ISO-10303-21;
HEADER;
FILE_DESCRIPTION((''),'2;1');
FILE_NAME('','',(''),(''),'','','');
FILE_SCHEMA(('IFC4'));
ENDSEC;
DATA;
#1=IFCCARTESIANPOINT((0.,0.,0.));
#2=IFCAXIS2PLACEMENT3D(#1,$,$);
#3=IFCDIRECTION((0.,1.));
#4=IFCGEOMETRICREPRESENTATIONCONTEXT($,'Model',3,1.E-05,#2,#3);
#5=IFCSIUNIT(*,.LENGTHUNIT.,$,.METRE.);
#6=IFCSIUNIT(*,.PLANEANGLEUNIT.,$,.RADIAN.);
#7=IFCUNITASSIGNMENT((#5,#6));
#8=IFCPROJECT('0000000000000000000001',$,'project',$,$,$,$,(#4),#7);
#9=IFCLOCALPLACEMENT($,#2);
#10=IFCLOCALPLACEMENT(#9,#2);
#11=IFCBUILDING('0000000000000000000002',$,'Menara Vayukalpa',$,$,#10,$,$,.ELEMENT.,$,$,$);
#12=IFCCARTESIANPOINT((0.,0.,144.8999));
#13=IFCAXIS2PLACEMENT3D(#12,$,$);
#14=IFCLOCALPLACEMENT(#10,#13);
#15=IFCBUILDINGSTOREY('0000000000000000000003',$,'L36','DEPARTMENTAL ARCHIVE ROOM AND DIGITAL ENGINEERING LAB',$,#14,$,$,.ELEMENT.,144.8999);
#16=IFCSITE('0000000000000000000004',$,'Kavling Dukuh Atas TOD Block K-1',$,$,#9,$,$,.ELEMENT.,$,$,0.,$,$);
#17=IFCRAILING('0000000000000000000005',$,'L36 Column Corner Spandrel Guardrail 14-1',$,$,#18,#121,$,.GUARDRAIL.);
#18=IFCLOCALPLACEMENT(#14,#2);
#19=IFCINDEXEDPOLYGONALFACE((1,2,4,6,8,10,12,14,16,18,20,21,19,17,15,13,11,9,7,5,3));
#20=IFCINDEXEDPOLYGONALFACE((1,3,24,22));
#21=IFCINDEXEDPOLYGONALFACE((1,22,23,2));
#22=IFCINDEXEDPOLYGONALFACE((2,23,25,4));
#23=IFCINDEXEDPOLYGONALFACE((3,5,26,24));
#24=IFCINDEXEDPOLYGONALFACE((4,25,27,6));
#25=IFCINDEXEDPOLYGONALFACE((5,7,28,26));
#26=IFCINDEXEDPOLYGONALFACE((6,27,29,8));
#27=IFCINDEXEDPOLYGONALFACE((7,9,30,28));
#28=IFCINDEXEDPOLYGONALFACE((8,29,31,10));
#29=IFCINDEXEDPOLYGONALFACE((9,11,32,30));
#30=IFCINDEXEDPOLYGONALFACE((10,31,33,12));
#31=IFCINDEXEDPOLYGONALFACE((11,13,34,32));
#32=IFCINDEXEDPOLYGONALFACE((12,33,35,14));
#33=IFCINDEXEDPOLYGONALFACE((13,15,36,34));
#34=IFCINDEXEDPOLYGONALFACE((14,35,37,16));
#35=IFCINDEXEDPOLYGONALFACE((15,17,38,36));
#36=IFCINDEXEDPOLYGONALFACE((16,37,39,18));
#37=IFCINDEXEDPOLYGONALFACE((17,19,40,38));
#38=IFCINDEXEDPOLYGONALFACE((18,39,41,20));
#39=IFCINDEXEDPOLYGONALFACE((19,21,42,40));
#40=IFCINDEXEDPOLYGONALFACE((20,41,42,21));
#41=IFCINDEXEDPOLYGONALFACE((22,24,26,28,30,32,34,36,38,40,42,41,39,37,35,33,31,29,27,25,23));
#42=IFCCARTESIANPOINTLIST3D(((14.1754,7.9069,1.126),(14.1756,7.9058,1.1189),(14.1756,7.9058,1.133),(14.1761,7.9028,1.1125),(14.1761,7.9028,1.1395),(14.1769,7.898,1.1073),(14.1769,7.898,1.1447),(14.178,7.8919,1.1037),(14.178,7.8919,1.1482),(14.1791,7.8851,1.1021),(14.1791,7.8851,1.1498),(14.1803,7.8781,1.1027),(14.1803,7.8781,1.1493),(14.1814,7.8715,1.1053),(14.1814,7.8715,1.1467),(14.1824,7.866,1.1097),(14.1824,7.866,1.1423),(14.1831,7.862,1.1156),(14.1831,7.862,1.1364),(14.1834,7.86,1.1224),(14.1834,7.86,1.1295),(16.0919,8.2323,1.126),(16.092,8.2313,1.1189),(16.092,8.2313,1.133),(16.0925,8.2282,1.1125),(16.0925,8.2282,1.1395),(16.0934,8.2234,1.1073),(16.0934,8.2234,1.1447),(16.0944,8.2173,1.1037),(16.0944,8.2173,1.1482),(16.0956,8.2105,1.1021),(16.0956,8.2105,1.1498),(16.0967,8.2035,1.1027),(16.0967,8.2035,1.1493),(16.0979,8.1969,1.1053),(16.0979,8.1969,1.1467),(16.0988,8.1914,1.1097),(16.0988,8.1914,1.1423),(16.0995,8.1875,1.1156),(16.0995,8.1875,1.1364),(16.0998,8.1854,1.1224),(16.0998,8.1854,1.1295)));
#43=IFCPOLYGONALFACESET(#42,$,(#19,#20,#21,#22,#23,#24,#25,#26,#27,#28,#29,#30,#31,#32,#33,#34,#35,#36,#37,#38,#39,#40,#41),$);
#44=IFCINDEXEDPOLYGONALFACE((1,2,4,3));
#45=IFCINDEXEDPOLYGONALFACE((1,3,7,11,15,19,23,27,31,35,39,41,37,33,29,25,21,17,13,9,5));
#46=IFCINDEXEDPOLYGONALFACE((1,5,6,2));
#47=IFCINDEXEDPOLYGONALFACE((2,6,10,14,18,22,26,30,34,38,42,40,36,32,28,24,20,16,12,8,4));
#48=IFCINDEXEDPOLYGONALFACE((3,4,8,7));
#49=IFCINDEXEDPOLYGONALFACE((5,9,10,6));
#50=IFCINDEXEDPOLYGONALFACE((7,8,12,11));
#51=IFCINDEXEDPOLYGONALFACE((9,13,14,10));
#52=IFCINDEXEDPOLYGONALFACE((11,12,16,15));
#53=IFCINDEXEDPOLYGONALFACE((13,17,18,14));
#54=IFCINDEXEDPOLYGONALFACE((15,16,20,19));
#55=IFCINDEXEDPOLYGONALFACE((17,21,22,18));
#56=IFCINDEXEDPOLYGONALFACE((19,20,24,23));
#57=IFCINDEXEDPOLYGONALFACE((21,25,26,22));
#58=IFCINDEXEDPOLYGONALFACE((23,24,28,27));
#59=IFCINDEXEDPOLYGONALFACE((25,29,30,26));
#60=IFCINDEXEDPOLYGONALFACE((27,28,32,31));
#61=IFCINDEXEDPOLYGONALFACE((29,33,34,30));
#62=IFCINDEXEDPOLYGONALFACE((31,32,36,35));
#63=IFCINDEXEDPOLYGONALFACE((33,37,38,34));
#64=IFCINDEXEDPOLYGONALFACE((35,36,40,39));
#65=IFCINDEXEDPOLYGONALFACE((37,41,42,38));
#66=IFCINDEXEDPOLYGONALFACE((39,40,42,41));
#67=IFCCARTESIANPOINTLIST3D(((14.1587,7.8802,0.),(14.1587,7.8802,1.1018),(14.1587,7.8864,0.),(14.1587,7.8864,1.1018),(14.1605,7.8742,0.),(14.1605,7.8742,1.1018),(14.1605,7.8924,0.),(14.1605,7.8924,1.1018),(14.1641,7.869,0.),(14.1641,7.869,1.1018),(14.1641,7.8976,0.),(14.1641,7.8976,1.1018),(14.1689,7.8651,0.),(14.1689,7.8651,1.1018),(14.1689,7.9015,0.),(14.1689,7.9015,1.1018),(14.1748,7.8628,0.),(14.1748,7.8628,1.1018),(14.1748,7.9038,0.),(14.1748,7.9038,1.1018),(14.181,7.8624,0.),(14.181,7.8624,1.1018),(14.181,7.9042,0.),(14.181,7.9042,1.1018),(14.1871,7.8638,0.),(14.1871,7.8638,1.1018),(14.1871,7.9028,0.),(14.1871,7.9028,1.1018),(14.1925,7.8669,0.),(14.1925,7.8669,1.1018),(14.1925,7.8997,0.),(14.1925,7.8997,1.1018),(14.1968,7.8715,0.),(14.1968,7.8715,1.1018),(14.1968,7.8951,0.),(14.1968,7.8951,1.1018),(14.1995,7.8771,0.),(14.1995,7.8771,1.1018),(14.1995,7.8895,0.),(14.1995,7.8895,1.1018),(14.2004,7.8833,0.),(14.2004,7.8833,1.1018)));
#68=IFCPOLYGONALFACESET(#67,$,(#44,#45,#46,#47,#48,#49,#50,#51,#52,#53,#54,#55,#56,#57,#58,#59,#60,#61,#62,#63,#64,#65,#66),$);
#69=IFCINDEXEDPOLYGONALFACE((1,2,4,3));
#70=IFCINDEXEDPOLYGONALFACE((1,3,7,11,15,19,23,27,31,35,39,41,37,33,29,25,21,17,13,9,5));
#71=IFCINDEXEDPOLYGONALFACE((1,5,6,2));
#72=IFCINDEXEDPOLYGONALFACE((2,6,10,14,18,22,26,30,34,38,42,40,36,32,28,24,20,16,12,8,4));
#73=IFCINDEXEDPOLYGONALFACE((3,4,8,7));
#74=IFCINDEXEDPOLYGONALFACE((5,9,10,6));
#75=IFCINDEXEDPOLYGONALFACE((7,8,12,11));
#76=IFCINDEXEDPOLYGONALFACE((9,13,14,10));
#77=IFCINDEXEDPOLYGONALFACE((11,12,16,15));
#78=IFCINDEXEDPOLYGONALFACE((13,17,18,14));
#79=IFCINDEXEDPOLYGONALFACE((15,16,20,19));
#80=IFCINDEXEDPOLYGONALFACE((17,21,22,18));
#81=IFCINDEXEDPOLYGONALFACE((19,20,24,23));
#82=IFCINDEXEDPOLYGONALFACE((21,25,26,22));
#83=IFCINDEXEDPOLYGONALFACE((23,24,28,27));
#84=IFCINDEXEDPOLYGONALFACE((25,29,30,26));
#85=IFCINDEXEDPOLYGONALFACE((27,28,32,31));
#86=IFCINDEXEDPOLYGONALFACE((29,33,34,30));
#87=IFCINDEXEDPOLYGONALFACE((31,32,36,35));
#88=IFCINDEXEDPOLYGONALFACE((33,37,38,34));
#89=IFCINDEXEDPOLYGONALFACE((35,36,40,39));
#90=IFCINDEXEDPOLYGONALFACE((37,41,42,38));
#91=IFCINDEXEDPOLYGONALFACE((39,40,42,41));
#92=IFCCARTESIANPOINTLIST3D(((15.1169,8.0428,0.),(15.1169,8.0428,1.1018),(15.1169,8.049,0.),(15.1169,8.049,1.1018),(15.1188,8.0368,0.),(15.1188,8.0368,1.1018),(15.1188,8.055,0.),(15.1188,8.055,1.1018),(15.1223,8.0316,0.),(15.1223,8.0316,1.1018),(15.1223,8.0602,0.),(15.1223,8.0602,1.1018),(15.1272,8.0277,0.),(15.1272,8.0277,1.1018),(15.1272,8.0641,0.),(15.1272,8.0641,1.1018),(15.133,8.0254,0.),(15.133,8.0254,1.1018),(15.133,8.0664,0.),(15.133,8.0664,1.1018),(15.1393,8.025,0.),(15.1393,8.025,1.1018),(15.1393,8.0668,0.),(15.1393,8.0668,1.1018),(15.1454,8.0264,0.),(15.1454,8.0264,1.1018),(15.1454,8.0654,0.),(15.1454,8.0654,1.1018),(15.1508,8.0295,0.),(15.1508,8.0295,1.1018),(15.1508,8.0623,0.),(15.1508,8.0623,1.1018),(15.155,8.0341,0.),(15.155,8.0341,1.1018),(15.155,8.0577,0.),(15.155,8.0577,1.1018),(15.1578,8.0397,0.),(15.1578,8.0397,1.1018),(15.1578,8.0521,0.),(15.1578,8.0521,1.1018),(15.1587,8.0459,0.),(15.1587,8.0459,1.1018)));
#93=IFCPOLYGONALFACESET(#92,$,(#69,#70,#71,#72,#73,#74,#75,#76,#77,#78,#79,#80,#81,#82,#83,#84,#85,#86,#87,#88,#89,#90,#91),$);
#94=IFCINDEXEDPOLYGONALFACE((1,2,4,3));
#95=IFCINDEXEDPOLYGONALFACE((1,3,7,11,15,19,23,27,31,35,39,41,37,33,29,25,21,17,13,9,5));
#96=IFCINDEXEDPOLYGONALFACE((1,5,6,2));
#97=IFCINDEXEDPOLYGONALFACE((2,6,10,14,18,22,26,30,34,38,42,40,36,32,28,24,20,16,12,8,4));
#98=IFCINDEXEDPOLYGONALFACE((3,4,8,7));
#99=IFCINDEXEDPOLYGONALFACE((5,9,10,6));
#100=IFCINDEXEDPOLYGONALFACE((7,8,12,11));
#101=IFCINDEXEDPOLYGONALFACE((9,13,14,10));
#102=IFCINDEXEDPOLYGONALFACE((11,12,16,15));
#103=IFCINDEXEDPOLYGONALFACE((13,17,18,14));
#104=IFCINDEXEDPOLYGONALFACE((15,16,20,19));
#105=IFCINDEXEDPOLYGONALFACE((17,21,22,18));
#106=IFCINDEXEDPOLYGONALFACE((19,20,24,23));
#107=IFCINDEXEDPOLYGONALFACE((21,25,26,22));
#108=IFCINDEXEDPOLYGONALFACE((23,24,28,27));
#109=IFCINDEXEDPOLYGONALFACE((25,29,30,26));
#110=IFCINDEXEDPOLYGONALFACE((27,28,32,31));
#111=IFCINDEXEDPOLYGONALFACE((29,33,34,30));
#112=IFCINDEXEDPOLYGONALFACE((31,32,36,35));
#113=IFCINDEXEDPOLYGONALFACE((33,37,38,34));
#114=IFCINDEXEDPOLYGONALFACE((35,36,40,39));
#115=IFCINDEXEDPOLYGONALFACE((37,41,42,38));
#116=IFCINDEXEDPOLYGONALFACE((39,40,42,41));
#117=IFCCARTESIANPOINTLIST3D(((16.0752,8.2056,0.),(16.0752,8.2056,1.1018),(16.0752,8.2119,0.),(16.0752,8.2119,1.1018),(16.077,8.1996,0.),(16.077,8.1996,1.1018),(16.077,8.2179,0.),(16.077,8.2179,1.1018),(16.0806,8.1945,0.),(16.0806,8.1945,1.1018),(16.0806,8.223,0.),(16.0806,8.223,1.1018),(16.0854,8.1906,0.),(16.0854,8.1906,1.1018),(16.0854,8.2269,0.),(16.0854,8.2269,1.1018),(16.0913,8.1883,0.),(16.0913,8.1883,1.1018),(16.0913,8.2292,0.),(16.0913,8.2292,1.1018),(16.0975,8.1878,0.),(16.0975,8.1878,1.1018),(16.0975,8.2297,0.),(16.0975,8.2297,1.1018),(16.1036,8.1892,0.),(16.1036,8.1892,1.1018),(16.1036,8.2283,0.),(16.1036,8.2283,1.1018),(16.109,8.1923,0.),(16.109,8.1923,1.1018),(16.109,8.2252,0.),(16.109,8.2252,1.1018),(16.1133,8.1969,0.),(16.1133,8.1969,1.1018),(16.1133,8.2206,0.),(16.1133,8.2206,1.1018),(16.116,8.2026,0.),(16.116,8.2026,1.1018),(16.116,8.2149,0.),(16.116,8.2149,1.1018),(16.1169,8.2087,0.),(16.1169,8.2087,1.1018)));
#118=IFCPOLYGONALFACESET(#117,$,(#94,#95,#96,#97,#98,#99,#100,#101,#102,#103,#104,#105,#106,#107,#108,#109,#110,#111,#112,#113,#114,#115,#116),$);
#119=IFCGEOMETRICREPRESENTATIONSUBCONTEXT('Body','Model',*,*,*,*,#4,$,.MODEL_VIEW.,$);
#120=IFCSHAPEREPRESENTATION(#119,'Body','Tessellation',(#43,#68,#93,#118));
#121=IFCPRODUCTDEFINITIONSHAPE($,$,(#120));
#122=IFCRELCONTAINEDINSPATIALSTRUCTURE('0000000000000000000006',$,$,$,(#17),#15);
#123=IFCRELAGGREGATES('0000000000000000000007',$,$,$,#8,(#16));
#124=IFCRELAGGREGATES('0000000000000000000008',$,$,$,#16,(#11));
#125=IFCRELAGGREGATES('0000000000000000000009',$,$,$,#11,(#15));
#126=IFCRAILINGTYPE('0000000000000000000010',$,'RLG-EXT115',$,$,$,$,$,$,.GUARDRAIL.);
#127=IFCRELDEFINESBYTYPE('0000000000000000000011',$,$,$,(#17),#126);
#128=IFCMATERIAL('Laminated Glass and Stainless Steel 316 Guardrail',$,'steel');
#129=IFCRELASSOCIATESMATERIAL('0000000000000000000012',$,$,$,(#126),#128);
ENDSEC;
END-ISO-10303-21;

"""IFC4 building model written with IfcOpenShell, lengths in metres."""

from ifc_helpers import new_model, si_unit, direction, frame, origin, origin_2d, place, context, subcontext, project, spatial, circle, extrude, material, type_object, element, save


model = new_model("IFC4")

# Units and contexts
model_context = context("Model", 3, precision=1e-05, world=origin(), true_north=direction((0.0, 1.0)))
body_context = subcontext(model_context, "Body", "Model", "MODEL_VIEW")
ifc_project = project(units=[si_unit("LENGTHUNIT", "METRE"), si_unit("PLANEANGLEUNIT", "RADIAN")], contexts=[model_context])

# Site, building, storey
site_placement = place(None, origin())
site = spatial("IfcSite", under=ifc_project, at=site_placement, Name="Kavling Dukuh Atas TOD Block K-1", CompositionType="ELEMENT", RefElevation=0.0)
building_placement = place(site_placement, origin())
building = spatial("IfcBuilding", under=site, at=building_placement, Name="Menara Vayukalpa", CompositionType="ELEMENT")
storey_placement = place(building_placement, frame((0.0, 0.0, 144.8999)))
storey = spatial("IfcBuildingStorey", under=building, at=storey_placement, Name="L36", Description="DEPARTMENTAL ARCHIVE ROOM AND DIGITAL ENGINEERING LAB", CompositionType="ELEMENT", Elevation=144.8999)

# Railing
ifc_material_1 = material(Name="Laminated Glass and Stainless Steel 316 Guardrail", Category="steel")
railing_type = type_object("IfcRailingType", Name="RLG-EXT115", PredefinedType="GUARDRAIL", material=ifc_material_1)
railing_1_placement = place(storey_placement, frame((14.1794, 7.8833, 0.0)))
element("IfcRailing", 1, at=railing_1_placement, inside=storey, type_object=railing_type, Name="L36 Column Corner Spandrel Guardrail 14-1", PredefinedType="GUARDRAIL", context=body_context, shape_type="SweptSolid", body=[
    extrude(circle(Radius=0.0239, at=origin_2d()), frame((0.0, 0.0, 1.126), z_axis=(0.985887, 0.167412, 0.0), x_axis=(-0.167412, 0.985887, 0.0)), (0.0, 0.0, 1.0), 1.9438),
    extrude(circle(Radius=0.021, at=origin_2d()), origin(), (0.0, 0.0, 1.0), 1.1018),
    extrude(circle(Radius=0.021, at=origin_2d()), frame((0.9583, 0.1626, 0.0)), (0.0, 0.0, 1.0), 1.1018),
    extrude(circle(Radius=0.021, at=origin_2d()), frame((1.9165, 0.3254, 0.0)), (0.0, 0.0, 1.0), 1.1018),
])

save(model, "model.ifc")
